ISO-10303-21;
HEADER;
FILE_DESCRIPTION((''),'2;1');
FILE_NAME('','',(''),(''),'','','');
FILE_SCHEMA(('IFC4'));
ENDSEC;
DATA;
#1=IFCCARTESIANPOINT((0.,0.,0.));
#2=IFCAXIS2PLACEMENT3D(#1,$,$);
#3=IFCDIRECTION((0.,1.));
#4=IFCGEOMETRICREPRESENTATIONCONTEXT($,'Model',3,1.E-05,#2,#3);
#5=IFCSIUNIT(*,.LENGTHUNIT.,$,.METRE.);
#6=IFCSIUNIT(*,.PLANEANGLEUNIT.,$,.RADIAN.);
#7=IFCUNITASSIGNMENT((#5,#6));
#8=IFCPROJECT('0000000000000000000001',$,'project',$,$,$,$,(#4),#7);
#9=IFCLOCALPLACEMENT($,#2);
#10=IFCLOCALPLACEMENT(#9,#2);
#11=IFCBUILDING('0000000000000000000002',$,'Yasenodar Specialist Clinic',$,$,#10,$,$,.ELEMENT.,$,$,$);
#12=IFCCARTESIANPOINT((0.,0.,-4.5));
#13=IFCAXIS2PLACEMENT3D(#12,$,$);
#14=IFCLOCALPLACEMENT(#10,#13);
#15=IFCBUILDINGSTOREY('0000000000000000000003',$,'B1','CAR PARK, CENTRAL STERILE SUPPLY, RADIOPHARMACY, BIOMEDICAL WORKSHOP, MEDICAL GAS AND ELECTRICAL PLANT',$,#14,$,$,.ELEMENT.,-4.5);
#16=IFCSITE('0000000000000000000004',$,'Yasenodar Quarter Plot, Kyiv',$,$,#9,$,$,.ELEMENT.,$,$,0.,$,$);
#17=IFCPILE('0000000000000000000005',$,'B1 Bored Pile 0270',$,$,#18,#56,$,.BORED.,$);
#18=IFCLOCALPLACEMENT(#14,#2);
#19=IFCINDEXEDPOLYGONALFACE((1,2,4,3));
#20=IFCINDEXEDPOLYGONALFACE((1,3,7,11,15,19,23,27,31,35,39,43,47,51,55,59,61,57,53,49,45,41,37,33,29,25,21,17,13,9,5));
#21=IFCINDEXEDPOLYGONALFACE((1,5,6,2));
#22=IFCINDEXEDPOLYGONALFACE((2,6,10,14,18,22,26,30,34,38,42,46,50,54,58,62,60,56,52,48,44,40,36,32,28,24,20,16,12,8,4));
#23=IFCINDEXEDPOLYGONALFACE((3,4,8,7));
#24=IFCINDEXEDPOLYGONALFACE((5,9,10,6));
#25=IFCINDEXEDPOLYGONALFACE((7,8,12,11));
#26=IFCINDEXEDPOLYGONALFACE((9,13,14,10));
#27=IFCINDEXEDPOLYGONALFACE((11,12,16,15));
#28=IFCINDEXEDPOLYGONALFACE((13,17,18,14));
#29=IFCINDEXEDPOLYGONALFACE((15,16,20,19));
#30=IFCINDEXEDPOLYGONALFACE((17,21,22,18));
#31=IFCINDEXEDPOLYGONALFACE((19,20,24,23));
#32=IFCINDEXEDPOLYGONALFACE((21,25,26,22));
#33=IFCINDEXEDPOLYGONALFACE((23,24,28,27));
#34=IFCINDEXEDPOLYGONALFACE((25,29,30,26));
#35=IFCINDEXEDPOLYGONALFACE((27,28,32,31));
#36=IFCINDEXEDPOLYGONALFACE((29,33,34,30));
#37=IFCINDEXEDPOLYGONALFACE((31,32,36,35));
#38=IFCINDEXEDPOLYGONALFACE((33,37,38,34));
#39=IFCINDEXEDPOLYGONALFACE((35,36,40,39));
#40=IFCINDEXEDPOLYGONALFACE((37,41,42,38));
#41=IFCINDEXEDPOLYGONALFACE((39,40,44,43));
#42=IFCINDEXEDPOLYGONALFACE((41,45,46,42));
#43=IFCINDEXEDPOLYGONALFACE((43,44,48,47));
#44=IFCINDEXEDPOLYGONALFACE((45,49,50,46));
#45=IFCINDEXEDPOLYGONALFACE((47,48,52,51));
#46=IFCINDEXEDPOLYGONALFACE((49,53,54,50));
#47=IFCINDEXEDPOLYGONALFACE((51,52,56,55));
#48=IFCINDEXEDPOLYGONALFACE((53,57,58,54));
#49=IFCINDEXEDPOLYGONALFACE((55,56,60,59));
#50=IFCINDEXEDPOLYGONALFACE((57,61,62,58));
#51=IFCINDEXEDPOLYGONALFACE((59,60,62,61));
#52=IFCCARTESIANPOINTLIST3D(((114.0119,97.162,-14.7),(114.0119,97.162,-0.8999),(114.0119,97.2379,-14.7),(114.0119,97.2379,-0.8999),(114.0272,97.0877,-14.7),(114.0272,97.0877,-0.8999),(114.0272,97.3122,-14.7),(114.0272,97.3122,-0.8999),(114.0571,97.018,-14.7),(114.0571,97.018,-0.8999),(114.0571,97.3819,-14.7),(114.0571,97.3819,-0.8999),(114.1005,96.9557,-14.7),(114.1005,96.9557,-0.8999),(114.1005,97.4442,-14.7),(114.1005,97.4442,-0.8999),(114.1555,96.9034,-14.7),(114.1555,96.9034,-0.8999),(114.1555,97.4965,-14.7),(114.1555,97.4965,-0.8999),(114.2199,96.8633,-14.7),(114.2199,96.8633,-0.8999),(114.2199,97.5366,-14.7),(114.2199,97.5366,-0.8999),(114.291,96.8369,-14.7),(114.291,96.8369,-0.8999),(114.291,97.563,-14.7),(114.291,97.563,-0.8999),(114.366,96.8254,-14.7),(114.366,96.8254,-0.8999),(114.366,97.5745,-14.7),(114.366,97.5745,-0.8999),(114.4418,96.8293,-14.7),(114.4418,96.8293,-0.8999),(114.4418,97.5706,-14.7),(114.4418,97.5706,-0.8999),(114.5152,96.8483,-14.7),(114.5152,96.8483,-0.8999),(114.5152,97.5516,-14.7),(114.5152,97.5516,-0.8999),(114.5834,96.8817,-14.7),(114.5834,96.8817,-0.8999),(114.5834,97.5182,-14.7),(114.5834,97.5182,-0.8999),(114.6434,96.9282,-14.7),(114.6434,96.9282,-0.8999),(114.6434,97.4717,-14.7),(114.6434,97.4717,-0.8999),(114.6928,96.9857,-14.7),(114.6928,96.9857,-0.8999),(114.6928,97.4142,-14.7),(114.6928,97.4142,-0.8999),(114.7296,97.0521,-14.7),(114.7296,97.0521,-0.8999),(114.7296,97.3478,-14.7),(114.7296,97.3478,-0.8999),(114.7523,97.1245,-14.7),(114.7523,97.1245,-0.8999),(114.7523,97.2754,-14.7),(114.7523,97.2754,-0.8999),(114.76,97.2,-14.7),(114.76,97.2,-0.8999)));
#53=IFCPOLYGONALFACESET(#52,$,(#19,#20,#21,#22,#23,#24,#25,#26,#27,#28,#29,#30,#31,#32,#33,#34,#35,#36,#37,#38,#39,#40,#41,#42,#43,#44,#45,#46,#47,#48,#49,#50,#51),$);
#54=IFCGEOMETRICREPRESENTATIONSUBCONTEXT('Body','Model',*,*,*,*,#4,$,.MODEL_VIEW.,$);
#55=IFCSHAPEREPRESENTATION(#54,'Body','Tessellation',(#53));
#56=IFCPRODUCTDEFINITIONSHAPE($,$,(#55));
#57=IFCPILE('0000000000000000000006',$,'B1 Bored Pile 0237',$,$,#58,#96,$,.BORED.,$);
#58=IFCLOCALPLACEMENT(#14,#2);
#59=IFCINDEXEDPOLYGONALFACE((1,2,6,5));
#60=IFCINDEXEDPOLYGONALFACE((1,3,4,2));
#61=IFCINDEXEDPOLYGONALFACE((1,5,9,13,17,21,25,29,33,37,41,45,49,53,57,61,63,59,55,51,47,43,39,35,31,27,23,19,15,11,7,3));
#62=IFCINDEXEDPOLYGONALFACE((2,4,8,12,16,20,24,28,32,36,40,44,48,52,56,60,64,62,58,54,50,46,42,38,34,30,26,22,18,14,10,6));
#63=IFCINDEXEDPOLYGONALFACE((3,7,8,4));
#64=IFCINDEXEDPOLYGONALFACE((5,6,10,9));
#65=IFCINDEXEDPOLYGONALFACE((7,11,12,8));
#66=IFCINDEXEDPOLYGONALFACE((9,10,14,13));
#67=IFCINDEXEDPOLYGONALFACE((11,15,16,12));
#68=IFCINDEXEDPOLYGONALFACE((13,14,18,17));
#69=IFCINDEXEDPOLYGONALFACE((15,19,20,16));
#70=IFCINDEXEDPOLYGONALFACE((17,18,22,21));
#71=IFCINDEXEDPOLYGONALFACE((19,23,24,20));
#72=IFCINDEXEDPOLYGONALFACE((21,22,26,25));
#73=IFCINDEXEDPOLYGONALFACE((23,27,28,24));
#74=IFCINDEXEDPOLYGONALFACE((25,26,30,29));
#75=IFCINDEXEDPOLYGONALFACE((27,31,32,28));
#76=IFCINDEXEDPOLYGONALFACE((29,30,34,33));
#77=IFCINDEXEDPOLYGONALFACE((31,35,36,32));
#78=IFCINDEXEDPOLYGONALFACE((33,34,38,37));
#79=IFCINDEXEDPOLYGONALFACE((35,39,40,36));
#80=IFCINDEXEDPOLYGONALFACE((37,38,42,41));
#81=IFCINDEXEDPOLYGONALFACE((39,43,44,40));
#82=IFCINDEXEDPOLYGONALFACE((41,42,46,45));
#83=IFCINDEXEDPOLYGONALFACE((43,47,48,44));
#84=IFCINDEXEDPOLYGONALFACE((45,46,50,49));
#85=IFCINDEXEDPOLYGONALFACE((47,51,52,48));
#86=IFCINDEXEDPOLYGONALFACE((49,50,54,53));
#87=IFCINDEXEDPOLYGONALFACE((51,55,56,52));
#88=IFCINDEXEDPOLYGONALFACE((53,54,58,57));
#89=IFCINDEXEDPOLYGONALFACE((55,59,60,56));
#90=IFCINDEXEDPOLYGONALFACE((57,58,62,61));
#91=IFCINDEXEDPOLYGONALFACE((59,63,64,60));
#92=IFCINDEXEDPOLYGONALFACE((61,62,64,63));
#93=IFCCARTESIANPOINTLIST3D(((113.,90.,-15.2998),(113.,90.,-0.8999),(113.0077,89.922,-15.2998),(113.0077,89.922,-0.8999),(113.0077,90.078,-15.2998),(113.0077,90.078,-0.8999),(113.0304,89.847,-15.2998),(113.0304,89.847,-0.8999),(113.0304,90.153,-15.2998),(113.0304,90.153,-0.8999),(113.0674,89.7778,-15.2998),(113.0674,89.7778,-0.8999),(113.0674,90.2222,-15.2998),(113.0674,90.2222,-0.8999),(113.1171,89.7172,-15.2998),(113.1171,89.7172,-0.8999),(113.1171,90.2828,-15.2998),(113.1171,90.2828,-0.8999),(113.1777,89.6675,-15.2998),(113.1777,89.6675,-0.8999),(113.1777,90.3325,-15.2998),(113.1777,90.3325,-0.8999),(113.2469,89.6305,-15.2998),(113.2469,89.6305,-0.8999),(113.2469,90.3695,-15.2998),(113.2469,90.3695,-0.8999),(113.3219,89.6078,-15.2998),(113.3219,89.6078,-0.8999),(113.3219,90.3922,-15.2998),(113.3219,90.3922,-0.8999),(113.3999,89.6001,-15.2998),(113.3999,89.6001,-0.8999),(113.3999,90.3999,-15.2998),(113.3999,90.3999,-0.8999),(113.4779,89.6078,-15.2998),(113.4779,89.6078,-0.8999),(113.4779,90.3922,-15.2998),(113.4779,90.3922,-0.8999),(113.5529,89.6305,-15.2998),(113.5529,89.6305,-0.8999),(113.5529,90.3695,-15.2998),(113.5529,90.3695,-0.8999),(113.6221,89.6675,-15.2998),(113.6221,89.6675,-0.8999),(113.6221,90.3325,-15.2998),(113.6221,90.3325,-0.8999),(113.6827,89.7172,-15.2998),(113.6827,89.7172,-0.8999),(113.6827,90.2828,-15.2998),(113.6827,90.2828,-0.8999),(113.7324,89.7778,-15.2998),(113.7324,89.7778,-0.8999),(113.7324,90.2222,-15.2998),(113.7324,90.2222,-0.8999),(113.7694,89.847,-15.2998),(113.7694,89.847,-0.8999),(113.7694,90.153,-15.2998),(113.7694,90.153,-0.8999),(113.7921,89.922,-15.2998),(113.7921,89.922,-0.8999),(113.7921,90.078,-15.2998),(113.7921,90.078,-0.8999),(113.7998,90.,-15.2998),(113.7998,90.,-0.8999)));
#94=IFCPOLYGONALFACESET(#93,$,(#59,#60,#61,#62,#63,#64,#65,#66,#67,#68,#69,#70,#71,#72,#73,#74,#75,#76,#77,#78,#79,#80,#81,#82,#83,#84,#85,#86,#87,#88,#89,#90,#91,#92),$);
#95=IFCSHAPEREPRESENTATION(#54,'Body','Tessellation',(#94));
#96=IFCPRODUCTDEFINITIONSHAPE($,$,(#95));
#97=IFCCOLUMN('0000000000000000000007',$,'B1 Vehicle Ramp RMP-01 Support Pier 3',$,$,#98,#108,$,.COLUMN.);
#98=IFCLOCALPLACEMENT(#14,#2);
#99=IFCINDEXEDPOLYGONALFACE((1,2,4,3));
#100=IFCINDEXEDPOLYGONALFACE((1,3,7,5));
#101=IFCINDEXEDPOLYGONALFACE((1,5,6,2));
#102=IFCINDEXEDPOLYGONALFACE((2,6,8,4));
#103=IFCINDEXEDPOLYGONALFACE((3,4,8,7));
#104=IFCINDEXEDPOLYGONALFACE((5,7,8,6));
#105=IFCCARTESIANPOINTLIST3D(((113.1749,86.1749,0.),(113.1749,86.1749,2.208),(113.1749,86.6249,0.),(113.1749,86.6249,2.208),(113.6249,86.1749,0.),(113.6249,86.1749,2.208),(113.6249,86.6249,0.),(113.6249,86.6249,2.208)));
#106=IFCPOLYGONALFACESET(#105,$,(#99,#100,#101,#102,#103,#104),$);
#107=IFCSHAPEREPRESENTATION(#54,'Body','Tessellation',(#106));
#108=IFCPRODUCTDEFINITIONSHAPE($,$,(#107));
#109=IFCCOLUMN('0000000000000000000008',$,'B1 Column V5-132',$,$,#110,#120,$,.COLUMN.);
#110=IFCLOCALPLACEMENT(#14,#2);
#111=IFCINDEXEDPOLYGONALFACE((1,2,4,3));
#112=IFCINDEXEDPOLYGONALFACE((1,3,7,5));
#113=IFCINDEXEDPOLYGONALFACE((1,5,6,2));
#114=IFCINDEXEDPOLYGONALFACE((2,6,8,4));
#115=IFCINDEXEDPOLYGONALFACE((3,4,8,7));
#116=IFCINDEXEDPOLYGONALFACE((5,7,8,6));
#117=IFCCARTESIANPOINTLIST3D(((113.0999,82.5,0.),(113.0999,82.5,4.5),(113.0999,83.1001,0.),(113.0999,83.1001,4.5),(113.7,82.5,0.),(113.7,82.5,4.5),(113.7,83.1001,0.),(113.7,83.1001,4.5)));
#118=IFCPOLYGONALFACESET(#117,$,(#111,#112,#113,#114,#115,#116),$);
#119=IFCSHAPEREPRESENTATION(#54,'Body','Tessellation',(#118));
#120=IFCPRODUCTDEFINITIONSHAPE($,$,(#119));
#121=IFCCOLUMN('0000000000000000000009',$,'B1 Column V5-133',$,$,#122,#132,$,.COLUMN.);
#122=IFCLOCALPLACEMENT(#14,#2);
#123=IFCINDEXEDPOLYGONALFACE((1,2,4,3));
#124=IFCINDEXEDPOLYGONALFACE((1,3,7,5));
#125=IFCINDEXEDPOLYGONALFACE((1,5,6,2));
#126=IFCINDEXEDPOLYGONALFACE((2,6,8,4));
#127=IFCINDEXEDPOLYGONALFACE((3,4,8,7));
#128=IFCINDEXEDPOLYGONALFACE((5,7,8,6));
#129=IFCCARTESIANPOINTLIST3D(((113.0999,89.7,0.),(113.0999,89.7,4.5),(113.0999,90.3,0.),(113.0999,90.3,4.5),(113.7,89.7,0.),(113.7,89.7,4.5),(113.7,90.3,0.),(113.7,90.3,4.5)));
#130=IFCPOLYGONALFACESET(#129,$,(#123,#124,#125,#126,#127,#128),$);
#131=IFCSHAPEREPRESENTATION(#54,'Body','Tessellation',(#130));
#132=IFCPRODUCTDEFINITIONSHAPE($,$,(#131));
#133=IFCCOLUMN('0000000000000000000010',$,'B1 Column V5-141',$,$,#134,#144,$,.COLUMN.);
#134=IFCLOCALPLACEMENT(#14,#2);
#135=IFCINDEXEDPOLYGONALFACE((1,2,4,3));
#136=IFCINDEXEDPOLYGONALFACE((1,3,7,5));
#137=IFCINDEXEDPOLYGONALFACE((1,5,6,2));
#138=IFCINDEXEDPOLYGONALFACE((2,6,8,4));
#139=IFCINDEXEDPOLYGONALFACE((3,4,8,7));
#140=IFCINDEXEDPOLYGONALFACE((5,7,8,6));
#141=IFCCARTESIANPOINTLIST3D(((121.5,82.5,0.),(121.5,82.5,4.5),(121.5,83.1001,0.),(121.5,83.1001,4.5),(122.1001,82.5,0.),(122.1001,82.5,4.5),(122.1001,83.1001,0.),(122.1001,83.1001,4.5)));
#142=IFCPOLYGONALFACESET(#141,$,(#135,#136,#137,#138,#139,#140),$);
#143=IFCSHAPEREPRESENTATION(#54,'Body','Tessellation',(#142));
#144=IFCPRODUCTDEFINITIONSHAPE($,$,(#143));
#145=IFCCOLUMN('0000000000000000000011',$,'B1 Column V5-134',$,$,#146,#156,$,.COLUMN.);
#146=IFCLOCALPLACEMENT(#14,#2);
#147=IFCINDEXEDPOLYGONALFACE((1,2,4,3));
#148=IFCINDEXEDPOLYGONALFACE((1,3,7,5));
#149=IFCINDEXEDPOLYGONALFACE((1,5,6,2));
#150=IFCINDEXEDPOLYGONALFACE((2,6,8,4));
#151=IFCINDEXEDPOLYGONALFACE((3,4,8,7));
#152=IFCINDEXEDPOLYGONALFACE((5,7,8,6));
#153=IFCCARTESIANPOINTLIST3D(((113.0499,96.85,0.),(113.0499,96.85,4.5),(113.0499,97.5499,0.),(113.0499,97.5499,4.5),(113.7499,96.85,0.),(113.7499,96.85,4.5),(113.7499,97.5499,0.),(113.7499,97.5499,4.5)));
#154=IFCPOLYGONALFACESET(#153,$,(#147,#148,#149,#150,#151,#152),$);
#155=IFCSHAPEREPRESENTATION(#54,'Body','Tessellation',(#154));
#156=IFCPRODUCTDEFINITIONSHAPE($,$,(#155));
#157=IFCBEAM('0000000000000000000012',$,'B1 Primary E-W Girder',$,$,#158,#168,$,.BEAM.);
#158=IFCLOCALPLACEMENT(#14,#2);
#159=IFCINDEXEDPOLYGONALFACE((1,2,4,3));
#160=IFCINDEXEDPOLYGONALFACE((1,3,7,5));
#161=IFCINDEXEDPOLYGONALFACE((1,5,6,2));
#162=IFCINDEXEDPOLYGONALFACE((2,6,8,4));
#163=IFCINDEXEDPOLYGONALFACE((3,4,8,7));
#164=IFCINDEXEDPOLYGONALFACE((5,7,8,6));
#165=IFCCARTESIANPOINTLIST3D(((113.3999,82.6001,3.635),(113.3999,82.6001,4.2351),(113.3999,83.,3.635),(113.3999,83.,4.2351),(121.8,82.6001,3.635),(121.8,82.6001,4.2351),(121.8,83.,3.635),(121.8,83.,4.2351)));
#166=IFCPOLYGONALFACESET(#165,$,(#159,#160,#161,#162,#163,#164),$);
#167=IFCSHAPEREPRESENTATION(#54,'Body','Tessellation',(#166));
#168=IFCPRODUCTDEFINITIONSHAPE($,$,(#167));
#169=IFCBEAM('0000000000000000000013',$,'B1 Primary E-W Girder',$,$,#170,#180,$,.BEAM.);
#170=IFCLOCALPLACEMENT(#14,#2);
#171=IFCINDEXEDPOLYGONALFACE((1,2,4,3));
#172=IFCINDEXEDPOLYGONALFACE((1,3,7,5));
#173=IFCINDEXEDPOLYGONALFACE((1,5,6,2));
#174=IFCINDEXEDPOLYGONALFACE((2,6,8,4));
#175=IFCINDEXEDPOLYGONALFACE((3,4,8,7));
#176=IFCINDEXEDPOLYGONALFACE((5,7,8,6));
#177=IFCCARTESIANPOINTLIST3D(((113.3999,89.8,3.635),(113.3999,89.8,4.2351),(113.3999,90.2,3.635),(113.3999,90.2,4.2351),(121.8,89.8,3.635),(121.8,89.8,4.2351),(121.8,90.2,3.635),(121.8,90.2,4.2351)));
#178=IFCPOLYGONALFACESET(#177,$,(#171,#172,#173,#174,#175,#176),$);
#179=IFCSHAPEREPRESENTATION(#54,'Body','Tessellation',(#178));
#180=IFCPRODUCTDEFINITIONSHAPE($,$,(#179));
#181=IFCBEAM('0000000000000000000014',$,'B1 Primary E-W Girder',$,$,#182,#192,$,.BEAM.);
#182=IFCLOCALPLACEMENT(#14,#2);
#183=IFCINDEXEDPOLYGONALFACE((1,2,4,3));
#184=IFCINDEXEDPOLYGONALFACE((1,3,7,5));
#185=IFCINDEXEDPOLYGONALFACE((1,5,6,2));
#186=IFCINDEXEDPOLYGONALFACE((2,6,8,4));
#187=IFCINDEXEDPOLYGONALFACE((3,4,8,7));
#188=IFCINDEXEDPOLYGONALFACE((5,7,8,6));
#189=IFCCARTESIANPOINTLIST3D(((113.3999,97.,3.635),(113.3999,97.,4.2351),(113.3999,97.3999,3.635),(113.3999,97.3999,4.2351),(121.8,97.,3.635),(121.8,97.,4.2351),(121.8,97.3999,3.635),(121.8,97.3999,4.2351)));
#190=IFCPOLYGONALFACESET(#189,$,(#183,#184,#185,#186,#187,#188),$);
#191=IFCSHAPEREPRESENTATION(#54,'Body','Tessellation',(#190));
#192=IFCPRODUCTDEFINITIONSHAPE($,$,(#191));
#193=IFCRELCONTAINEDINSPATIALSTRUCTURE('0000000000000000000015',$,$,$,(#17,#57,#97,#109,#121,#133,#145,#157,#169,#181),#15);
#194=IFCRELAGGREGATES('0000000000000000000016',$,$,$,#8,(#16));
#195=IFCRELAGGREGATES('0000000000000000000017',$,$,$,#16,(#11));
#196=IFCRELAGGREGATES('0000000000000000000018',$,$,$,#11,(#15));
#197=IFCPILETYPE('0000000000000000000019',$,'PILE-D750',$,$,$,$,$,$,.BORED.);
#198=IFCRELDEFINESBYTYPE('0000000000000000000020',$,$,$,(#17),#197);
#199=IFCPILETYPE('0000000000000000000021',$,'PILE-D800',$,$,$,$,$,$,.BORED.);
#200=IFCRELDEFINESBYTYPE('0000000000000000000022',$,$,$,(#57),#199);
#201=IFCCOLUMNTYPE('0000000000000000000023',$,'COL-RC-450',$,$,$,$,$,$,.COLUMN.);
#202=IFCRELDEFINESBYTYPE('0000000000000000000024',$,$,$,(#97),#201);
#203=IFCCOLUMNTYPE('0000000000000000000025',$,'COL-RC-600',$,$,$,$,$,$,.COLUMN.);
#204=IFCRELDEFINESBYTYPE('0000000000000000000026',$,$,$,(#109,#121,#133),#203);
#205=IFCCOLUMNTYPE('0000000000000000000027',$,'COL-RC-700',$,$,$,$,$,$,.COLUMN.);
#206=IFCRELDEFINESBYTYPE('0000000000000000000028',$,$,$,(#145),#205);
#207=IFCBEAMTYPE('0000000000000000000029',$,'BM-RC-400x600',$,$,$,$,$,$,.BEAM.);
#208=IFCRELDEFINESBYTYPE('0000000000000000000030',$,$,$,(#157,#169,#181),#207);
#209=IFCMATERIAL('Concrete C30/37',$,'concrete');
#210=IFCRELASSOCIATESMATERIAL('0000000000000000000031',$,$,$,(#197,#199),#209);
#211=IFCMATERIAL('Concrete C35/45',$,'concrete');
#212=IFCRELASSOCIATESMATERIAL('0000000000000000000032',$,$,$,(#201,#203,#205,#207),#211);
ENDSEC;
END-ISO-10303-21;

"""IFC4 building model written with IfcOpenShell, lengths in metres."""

from ifc_helpers import new_model, si_unit, direction, frame, origin, origin_2d, place, context, subcontext, project, spatial, rectangle, circle, extrude, material, material_profile, profile_set, type_object, element, save


model = new_model("IFC4")

# Units and contexts
model_context = context("Model", 3, precision=1e-05, world=origin(), true_north=direction((0.0, 1.0)))
body_context = subcontext(model_context, "Body", "Model", "MODEL_VIEW")
ifc_project = project(units=[si_unit("LENGTHUNIT", "METRE"), si_unit("PLANEANGLEUNIT", "RADIAN")], contexts=[model_context])

# Site, building, storey
site_placement = place(None, origin())
site = spatial("IfcSite", under=ifc_project, at=site_placement, Name="Yasenodar Quarter Plot, Kyiv", CompositionType="ELEMENT", RefElevation=0.0)
building_placement = place(site_placement, origin())
building = spatial("IfcBuilding", under=site, at=building_placement, Name="Yasenodar Specialist Clinic", CompositionType="ELEMENT")
storey_placement = place(building_placement, frame((0.0, 0.0, -4.5)))
storey = spatial("IfcBuildingStorey", under=building, at=storey_placement, Name="B1", Description="CAR PARK, CENTRAL STERILE SUPPLY, RADIOPHARMACY, BIOMEDICAL WORKSHOP, MEDICAL GAS AND ELECTRICAL PLANT", CompositionType="ELEMENT", Elevation=-4.5)

# Shared definitions
ifc_material_1 = material(Name="Concrete C35/45", Category="concrete")

# Piles
ifc_material_2 = material(Name="Concrete C30/37", Category="concrete")
ifc_material_profile_1 = material_profile(ifc_material_2, circle(Radius=0.375, at=origin_2d()), Name="PILE D750")
ifc_profile_set_1 = profile_set([ifc_material_profile_1], Name="Concrete C30/37")
pile_type_1 = type_object("IfcPileType", Name="PILE-D750", PredefinedType="BORED", material=ifc_profile_set_1)
pile_1_placement = place(storey_placement, frame((114.385, 97.2, -0.8999), z_axis=(0.0, 0.0, -1.0), x_axis=(1.0, 0.0, 0.0)))
element("IfcPile", 1, at=pile_1_placement, inside=storey, type_object=pile_type_1, Name="B1 Bored Pile 0270", PredefinedType="BORED", context=body_context, shape_type="SweptSolid", body=[
    extrude(circle(Radius=0.375, at=origin_2d()), origin(), (0.0, 0.0, 1.0), 13.8),
])
ifc_material_profile_2 = material_profile(ifc_material_2, circle(Radius=0.3999, at=origin_2d()), Name="PILE D800")
ifc_profile_set_2 = profile_set([ifc_material_profile_2], Name="Concrete C30/37")
pile_type_2 = type_object("IfcPileType", Name="PILE-D800", PredefinedType="BORED", material=ifc_profile_set_2)
pile_2_placement = place(storey_placement, frame((113.3999, 90.0, -0.8999), z_axis=(0.0, 0.0, -1.0), x_axis=(1.0, 0.0, 0.0)))
element("IfcPile", 2, at=pile_2_placement, inside=storey, type_object=pile_type_2, Name="B1 Bored Pile 0237", PredefinedType="BORED", context=body_context, shape_type="SweptSolid", body=[
    extrude(circle(Radius=0.3999, at=origin_2d()), origin(), (0.0, 0.0, 1.0), 14.3999),
])

# Columns
ifc_material_profile_3 = material_profile(ifc_material_1, rectangle(XDim=0.45, YDim=0.45, at=origin_2d()), Name="RC 450x450")
ifc_profile_set_3 = profile_set([ifc_material_profile_3], Name="Concrete C35/45")
column_type_1 = type_object("IfcColumnType", Name="COL-RC-450", PredefinedType="COLUMN", material=ifc_profile_set_3)
column_1_placement = place(storey_placement, frame((113.3999, 86.3999, 0.0), z_axis=(0.0, 0.0, 1.0), x_axis=(1.0, 0.0, 0.0)))
element("IfcColumn", 3, at=column_1_placement, inside=storey, type_object=column_type_1, Name="B1 Vehicle Ramp RMP-01 Support Pier 3", PredefinedType="COLUMN", context=body_context, shape_type="SweptSolid", body=[
    extrude(rectangle(XDim=0.45, YDim=0.45, at=origin_2d()), origin(), (0.0, 0.0, 1.0), 2.208),
])
ifc_material_profile_4 = material_profile(ifc_material_1, rectangle(XDim=0.6001, YDim=0.6001, at=origin_2d()), Name="RC 600x600")
ifc_profile_set_4 = profile_set([ifc_material_profile_4], Name="Concrete C35/45")
column_type_2 = type_object("IfcColumnType", Name="COL-RC-600", PredefinedType="COLUMN", material=ifc_profile_set_4)
for number, where, z_axis, x_axis, name in (
    (4, (113.3999, 82.8, 0.0), (0.0, 0.0, 1.0), (1.0, 0.0, 0.0), "B1 Column V5-132"),
    (5, (113.3999, 90.0, 0.0), (0.0, 0.0, 1.0), (1.0, 0.0, 0.0), "B1 Column V5-133"),
    (6, (121.8, 82.8, 0.0), (0.0, 0.0, 1.0), (1.0, 0.0, 0.0), "B1 Column V5-141"),
):
    element("IfcColumn", number, at=place(storey_placement, frame(where, z_axis=z_axis, x_axis=x_axis)), inside=storey, type_object=column_type_2, Name=name, PredefinedType="COLUMN", context=body_context, shape_type="SweptSolid", body=[
        extrude(rectangle(XDim=0.6001, YDim=0.6001, at=origin_2d()), origin(), (0.0, 0.0, 1.0), 4.5),
    ])
ifc_material_profile_5 = material_profile(ifc_material_1, rectangle(XDim=0.7, YDim=0.7, at=origin_2d()), Name="RC 700x700")
ifc_profile_set_5 = profile_set([ifc_material_profile_5], Name="Concrete C35/45")
column_type_3 = type_object("IfcColumnType", Name="COL-RC-700", PredefinedType="COLUMN", material=ifc_profile_set_5)
column_2_placement = place(storey_placement, frame((113.3999, 97.2, 0.0), z_axis=(0.0, 0.0, 1.0), x_axis=(1.0, 0.0, 0.0)))
element("IfcColumn", 7, at=column_2_placement, inside=storey, type_object=column_type_3, Name="B1 Column V5-134", PredefinedType="COLUMN", context=body_context, shape_type="SweptSolid", body=[
    extrude(rectangle(XDim=0.7, YDim=0.7, at=origin_2d()), origin(), (0.0, 0.0, 1.0), 4.5),
])

# Beams
ifc_material_profile_6 = material_profile(ifc_material_1, rectangle(XDim=0.3999, YDim=0.6001, at=origin_2d()), Name="RC 400x600")
ifc_profile_set_6 = profile_set([ifc_material_profile_6], Name="Concrete C35/45")
beam_type_1 = type_object("IfcBeamType", Name="BM-RC-400x600", PredefinedType="BEAM", material=ifc_profile_set_6)
for number, where, z_axis, x_axis, name in (
    (8, (113.3999, 82.8, 3.9351), (1.0, 0.0, 0.0), (0.0, 1.0, 0.0), "B1 Primary E-W Girder"),
    (9, (113.3999, 90.0, 3.9351), (1.0, 0.0, 0.0), (0.0, 1.0, 0.0), "B1 Primary E-W Girder"),
    (10, (113.3999, 97.2, 3.9351), (1.0, 0.0, 0.0), (0.0, 1.0, 0.0), "B1 Primary E-W Girder"),
):
    element("IfcBeam", number, at=place(storey_placement, frame(where, z_axis=z_axis, x_axis=x_axis)), inside=storey, type_object=beam_type_1, Name=name, PredefinedType="BEAM", context=body_context, shape_type="SweptSolid", body=[
        extrude(rectangle(XDim=0.3999, YDim=0.6001, at=origin_2d()), origin(), (0.0, 0.0, 1.0), 8.4001),
    ])

save(model, "model.ifc")
